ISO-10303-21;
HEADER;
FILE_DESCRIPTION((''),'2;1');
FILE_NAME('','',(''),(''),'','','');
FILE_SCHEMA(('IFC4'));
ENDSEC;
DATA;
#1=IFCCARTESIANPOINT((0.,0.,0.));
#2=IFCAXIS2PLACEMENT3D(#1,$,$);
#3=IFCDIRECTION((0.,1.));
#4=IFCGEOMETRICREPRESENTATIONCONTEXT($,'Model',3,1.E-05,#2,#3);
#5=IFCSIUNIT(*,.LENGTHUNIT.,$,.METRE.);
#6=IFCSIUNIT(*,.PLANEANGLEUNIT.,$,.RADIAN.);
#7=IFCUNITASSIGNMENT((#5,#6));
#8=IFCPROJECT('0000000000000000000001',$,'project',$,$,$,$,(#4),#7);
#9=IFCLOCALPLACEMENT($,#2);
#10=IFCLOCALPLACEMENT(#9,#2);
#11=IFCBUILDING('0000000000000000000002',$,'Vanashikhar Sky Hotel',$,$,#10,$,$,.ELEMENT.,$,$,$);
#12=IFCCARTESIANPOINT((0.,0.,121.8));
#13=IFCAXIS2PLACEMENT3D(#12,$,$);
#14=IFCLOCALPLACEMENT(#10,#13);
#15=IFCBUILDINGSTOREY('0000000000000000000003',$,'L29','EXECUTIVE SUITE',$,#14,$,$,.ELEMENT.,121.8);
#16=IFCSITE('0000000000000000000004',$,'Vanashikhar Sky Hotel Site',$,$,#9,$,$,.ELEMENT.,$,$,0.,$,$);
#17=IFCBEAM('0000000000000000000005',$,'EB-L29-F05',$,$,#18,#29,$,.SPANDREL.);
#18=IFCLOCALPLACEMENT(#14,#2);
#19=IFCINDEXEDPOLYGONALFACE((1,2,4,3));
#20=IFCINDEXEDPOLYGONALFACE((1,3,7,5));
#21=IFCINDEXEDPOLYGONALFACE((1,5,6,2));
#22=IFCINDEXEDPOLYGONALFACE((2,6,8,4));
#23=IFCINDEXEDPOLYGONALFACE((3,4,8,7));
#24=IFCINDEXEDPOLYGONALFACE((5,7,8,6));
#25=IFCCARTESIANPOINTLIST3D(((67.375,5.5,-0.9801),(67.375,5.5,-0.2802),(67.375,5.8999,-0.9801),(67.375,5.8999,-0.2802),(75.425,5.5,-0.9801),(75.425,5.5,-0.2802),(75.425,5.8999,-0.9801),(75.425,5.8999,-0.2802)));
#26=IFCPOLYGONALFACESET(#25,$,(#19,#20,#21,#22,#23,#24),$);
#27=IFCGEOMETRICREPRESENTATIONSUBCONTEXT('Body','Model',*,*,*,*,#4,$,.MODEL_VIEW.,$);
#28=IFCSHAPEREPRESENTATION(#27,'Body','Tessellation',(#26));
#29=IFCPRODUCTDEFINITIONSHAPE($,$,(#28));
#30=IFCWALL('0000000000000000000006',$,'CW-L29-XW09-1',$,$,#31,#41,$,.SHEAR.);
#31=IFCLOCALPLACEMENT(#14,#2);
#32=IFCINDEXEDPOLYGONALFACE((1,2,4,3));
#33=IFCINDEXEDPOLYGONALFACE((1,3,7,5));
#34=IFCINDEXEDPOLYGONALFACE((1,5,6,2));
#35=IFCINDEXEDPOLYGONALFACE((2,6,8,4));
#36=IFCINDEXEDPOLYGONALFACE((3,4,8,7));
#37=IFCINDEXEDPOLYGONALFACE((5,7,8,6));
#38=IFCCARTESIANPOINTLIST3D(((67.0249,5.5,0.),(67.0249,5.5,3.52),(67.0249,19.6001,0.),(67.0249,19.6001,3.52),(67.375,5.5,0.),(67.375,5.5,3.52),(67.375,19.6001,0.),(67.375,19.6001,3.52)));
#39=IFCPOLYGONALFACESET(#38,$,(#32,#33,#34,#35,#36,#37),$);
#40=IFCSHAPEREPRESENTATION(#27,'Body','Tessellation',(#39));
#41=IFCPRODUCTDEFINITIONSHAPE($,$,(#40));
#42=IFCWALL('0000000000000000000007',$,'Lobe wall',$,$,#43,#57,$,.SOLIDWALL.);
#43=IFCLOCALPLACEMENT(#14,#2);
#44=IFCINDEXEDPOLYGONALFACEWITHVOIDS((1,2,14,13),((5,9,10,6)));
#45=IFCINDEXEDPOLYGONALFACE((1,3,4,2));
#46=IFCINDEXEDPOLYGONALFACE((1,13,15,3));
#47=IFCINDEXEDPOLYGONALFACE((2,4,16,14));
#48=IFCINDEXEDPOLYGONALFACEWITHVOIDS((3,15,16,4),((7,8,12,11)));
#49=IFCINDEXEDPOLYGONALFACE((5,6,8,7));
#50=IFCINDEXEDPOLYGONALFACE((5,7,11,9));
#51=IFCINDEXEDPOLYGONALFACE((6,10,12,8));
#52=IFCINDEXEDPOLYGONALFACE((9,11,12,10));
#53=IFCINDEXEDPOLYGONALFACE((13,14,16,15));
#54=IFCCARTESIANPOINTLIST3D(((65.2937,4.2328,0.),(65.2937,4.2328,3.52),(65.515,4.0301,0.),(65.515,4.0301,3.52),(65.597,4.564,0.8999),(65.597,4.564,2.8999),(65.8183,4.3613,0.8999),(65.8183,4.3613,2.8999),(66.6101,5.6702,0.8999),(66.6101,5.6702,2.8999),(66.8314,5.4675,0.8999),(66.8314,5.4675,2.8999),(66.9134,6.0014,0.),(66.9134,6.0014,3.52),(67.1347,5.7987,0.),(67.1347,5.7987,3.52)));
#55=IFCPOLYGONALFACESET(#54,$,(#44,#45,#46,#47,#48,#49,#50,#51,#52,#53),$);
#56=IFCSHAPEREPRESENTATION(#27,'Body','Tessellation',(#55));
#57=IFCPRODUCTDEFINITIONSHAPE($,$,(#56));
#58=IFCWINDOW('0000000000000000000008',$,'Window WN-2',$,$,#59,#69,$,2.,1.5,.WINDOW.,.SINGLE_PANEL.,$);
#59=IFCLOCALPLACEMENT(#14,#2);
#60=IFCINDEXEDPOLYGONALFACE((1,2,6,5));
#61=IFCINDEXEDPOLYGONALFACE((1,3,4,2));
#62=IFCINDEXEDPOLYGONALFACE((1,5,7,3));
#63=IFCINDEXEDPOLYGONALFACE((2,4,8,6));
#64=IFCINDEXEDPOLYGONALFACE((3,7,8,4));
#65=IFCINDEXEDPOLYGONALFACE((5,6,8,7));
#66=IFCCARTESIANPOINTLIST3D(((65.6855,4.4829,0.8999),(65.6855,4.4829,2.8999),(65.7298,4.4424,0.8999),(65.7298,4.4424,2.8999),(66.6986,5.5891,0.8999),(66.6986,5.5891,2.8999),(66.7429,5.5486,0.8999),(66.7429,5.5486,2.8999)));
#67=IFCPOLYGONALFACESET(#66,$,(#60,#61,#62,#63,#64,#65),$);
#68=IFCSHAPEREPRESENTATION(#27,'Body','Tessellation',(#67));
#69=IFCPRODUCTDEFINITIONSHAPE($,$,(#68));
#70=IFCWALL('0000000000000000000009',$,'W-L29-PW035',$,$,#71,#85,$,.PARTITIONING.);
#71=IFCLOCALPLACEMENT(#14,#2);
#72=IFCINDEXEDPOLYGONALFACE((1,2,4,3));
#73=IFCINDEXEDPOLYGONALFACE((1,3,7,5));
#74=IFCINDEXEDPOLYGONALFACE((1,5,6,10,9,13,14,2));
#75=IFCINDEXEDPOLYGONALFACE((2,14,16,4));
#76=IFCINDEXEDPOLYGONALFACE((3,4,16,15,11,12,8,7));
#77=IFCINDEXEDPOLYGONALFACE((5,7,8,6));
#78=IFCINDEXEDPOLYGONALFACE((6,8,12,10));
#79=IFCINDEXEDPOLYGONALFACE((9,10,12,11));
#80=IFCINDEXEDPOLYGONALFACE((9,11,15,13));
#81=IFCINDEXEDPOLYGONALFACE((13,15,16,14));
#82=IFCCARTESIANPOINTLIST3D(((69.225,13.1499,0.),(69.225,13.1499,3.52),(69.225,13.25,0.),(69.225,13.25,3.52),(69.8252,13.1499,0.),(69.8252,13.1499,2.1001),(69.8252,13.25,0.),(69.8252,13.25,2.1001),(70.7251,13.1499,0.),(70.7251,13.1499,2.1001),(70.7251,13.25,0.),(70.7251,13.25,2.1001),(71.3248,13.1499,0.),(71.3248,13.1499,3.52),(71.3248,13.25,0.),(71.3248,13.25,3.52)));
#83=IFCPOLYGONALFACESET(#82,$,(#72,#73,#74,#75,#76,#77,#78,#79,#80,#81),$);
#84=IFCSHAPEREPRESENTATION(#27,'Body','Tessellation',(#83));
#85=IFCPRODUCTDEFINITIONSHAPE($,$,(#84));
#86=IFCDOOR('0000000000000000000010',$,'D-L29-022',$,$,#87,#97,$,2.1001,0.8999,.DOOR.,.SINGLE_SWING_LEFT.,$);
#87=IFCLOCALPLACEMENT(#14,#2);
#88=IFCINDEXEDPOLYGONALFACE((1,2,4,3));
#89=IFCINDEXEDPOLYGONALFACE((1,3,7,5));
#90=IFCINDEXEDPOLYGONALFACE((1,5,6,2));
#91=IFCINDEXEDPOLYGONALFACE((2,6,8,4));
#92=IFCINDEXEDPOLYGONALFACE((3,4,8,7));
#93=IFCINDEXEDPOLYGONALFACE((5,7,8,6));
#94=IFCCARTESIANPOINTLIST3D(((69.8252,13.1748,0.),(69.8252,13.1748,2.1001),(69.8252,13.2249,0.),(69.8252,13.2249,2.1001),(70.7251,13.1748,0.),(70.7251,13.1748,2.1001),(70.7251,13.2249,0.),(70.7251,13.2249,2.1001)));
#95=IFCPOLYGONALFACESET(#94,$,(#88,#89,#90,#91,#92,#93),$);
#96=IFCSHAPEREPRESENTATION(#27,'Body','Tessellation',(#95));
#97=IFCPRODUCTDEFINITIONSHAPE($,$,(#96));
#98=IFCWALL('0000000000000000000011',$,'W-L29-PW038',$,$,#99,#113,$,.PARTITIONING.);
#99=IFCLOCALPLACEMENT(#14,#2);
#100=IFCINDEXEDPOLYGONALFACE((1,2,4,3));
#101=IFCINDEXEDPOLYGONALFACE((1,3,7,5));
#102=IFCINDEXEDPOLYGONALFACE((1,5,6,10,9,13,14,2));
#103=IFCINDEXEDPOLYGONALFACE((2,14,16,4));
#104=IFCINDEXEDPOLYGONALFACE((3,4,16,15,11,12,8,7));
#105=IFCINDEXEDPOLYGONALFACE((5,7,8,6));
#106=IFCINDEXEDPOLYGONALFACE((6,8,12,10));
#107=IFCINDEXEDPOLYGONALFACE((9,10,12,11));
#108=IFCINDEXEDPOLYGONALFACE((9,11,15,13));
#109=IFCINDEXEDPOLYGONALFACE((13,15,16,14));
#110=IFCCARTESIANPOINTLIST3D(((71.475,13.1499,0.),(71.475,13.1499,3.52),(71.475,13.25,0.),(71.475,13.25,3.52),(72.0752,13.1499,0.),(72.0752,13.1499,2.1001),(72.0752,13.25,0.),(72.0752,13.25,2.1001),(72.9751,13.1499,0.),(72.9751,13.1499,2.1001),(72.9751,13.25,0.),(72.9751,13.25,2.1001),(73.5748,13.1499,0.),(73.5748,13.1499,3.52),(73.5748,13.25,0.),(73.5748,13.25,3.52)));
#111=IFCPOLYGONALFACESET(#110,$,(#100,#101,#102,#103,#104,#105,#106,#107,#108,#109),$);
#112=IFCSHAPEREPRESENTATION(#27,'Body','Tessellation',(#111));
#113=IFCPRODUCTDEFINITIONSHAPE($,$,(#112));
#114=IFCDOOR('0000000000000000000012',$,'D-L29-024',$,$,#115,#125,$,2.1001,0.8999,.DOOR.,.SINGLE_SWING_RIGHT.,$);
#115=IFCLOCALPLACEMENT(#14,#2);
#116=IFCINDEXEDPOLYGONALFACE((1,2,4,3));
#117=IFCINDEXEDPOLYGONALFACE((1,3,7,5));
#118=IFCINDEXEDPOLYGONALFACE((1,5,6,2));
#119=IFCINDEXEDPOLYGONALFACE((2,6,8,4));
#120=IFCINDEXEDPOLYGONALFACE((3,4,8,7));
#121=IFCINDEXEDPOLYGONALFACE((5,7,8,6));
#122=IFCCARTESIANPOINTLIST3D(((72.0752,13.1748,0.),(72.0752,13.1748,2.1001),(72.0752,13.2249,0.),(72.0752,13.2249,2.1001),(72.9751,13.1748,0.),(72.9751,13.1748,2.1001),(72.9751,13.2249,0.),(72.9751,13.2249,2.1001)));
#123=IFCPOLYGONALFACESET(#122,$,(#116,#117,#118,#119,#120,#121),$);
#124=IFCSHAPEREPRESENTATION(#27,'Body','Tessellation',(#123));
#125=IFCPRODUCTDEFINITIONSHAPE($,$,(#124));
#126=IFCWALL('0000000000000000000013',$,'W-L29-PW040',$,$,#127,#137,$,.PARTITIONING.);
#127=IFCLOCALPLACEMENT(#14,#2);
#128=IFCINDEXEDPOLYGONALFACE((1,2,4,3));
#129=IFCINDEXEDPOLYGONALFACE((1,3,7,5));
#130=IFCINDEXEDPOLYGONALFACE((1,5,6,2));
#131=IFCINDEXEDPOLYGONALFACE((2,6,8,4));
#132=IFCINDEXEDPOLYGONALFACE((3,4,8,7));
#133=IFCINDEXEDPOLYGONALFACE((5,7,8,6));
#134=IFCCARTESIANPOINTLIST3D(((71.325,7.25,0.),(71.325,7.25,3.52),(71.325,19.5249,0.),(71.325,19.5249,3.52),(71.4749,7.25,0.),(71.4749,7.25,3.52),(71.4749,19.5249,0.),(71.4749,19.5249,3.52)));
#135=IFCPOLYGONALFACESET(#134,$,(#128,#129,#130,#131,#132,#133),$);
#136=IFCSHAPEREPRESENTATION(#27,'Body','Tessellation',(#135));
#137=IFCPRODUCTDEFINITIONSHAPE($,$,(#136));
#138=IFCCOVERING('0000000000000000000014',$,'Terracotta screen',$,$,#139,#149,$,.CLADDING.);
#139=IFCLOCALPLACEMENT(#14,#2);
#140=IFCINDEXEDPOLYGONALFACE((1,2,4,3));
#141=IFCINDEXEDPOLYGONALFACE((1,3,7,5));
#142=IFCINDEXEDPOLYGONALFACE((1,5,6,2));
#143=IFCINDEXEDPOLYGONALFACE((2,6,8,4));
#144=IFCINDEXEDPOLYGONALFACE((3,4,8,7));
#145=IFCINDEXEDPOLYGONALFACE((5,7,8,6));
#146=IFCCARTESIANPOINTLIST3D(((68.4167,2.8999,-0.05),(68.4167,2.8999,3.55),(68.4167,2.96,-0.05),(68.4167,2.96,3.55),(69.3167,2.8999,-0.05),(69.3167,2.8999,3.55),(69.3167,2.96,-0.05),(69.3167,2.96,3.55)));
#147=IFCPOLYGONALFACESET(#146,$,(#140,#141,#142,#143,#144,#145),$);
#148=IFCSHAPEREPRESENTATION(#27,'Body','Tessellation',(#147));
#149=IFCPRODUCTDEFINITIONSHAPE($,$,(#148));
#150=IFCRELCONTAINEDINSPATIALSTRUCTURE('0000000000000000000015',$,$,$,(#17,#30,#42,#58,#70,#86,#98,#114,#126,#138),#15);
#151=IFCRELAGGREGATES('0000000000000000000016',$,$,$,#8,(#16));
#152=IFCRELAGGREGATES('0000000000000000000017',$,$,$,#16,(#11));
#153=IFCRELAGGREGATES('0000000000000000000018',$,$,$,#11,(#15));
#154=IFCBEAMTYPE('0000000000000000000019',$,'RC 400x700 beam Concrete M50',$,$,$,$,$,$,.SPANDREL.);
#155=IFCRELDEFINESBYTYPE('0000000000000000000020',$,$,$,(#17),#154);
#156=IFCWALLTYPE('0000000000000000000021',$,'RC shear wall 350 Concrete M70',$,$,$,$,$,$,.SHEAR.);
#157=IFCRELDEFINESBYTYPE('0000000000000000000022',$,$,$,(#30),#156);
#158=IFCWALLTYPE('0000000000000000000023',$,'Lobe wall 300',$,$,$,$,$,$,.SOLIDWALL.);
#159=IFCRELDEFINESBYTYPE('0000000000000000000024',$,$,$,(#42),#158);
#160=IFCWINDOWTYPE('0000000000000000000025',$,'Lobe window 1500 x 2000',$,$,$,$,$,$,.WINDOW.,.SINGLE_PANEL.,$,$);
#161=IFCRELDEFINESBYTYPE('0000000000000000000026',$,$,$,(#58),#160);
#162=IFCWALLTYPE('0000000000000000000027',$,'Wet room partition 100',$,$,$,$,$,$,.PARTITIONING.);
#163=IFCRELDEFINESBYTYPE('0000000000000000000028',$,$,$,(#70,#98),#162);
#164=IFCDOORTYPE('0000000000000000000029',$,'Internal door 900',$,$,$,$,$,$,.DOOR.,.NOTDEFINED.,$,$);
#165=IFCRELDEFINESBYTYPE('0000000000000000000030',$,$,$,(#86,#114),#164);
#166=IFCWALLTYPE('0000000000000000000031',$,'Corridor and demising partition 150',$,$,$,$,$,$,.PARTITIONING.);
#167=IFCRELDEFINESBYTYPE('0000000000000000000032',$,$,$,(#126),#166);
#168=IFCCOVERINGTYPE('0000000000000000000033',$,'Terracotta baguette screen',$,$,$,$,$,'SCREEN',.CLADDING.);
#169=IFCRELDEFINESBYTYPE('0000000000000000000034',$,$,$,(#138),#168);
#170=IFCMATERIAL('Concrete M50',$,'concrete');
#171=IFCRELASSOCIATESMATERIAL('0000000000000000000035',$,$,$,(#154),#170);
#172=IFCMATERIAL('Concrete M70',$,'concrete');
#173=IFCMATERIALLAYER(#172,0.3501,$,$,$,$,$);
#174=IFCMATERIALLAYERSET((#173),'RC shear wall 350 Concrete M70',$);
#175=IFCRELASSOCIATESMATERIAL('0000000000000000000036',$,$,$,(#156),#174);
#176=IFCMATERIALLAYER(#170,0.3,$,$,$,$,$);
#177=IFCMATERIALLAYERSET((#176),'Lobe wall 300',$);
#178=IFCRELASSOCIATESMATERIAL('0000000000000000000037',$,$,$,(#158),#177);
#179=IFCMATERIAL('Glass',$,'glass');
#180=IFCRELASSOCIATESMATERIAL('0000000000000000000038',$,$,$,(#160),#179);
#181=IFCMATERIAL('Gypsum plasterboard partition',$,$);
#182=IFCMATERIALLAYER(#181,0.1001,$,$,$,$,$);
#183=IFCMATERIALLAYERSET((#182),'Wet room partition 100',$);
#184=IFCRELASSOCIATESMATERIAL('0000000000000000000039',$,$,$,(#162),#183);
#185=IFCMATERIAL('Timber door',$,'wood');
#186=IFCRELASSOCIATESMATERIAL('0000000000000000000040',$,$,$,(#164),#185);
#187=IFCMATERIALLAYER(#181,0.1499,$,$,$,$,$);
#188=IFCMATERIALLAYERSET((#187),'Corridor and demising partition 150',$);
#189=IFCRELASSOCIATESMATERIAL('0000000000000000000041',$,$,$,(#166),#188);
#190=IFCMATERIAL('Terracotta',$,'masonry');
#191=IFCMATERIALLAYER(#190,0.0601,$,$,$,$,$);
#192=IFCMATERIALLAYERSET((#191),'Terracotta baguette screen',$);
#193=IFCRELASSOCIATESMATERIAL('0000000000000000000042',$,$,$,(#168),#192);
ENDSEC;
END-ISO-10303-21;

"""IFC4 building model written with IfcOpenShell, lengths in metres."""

from ifc_helpers import new_model, si_unit, direction, frame, frame_2d, origin, origin_2d, place, context, subcontext, project, spatial, rectangle, extrude, source, transform, mapped, material, layer, layer_set, material_profile, profile_set, type_object, element, fill, save


model = new_model("IFC4")

# Units and contexts
model_context = context("Model", 3, precision=1e-05, world=origin(), true_north=direction((0.0, 1.0)))
body_context = subcontext(model_context, "Body", "Model", "MODEL_VIEW")
ifc_project = project(units=[si_unit("LENGTHUNIT", "METRE"), si_unit("PLANEANGLEUNIT", "RADIAN")], contexts=[model_context])

# Site, building, storey
site_placement = place(None, origin())
site = spatial("IfcSite", under=ifc_project, at=site_placement, Name="Vanashikhar Sky Hotel Site", CompositionType="ELEMENT", RefElevation=0.0)
building_placement = place(site_placement, origin())
building = spatial("IfcBuilding", under=site, at=building_placement, Name="Vanashikhar Sky Hotel", CompositionType="ELEMENT")
storey_placement = place(building_placement, frame((0.0, 0.0, 121.8)))
storey = spatial("IfcBuildingStorey", under=building, at=storey_placement, Name="L29", Description="EXECUTIVE SUITE", CompositionType="ELEMENT", Elevation=121.8)

# Beam
ifc_material_1 = material(Name="Concrete M50", Category="concrete")
ifc_material_profile_1 = material_profile(ifc_material_1, rectangle(XDim=0.3999, YDim=0.7, at=origin_2d()))
ifc_profile_set_1 = profile_set([ifc_material_profile_1], Name="RC 400x700 beam Concrete M50")
beam_type = type_object("IfcBeamType", Name="RC 400x700 beam Concrete M50", PredefinedType="SPANDREL", material=ifc_profile_set_1)
shared_shape_1 = source(origin(), body_context, "Body", "SweptSolid", [
    extrude(rectangle(XDim=0.3999, YDim=0.7, at=origin_2d()), origin(), (0.0, 0.0, 1.0), 8.05),
])
beam_placement = place(storey_placement, frame((67.375, 5.7, -0.6301), z_axis=(1.0, 0.0, 0.0), x_axis=(0.0, 1.0, 0.0)))
element("IfcBeam", 1, at=beam_placement, inside=storey, type_object=beam_type, Name="EB-L29-F05", PredefinedType="SPANDREL", context=body_context, shape_type="MappedRepresentation", body=[
    mapped(shared_shape_1, transform((0.0, 0.0, 0.0), scale=1.0)),
])

# Wall
ifc_material_2 = material(Name="Concrete M70", Category="concrete")
ifc_layer_1 = layer(ifc_material_2, 0.3501)
ifc_layer_set_1 = layer_set([ifc_layer_1], Name="RC shear wall 350 Concrete M70")
wall_type_1 = type_object("IfcWallType", Name="RC shear wall 350 Concrete M70", PredefinedType="SHEAR", material=ifc_layer_set_1)
shared_shape_2 = source(origin(), body_context, "Body", "SweptSolid", [
    extrude(rectangle(XDim=14.1001, YDim=0.3501, at=frame_2d((7.05, 0.0))), origin(), (0.0, 0.0, 1.0), 3.52),
])
wall_1_placement = place(storey_placement, frame((67.2, 5.5, 0.0), z_axis=(0.0, 0.0, 1.0), x_axis=(0.0, 1.0, 0.0)))
element("IfcWall", 2, at=wall_1_placement, inside=storey, type_object=wall_type_1, Name="CW-L29-XW09-1", PredefinedType="SHEAR", context=body_context, shape_type="MappedRepresentation", body=[
    mapped(shared_shape_2, transform((0.0, 0.0, 0.0), scale=1.0)),
])

# Wall, opening, window
ifc_layer_2 = layer(ifc_material_1, 0.3)
ifc_layer_set_2 = layer_set([ifc_layer_2], Name="Lobe wall 300")
wall_type_2 = type_object("IfcWallType", Name="Lobe wall 300", PredefinedType="SOLIDWALL", material=ifc_layer_set_2)
shared_shape_3 = source(origin(), body_context, "Body", "SweptSolid", [
    extrude(rectangle(XDim=2.3982, YDim=0.3, at=frame_2d((1.1992, 0.0))), origin(), (0.0, 0.0, 1.0), 3.52),
])
wall_2_placement = place(storey_placement, frame((65.4043, 4.1313, 0.0), z_axis=(0.0, 0.0, 1.0), x_axis=(0.675374, 0.737475, 0.0)))
wall_2 = element("IfcWall", 3, at=wall_2_placement, inside=storey, type_object=wall_type_2, Name="Lobe wall", PredefinedType="SOLIDWALL", context=body_context, shape_type="MappedRepresentation", body=[
    mapped(shared_shape_3, transform((0.0, 0.0, 0.0), scale=1.0)),
])
shared_shape_4 = source(origin(), body_context, "Body", "SweptSolid", [
    extrude(rectangle(XDim=1.5, YDim=2.0, at=frame_2d((0.75, 1.0))), frame((0.0, 0.1602, 0.0), z_axis=(0.0, -1.0, 0.0), x_axis=(1.0, 0.0, 0.0)), (0.0, 0.0, 1.0), 0.3201),
])
opening_1_placement = place(wall_2_placement, frame((0.4492, 0.0, 0.8999)))
opening_1 = element("IfcOpeningElement", 4, at=opening_1_placement, cuts=wall_2, PredefinedType="OPENING", context=body_context, shape_type="MappedRepresentation", body=[
    mapped(shared_shape_4, transform((0.0, 0.0, 0.0), scale=1.0)),
])
ifc_material_3 = material(Name="Glass", Category="glass")
window_type_1 = type_object("IfcWindowType", Name="Lobe window 1500 x 2000", PartitioningType="SINGLE_PANEL", PredefinedType="WINDOW", material=ifc_material_3)
shared_shape_5 = source(origin(), body_context, "Body", "SweptSolid", [
    extrude(rectangle(XDim=1.5, YDim=2.0, at=frame_2d((0.75, 1.0))), frame((0.0, 0.03, 0.0), z_axis=(0.0, -1.0, 0.0), x_axis=(1.0, 0.0, 0.0)), (0.0, 0.0, 1.0), 0.0601),
])
window_1_placement = place(opening_1_placement, origin())
window_1 = element("IfcWindow", 5, at=window_1_placement, inside=storey, type_object=window_type_1, Name="Window WN-2", OverallHeight=2.0, OverallWidth=1.5, PartitioningType="SINGLE_PANEL", PredefinedType="WINDOW", context=body_context, shape_type="MappedRepresentation", body=[
    mapped(shared_shape_5, transform((0.0, 0.0, 0.0), scale=1.0)),
])
fill(opening_1, window_1)

# Walls, openings, doors
ifc_material_4 = material(Name="Gypsum plasterboard partition")
ifc_layer_3 = layer(ifc_material_4, 0.1001)
ifc_layer_set_3 = layer_set([ifc_layer_3], Name="Wet room partition 100")
wall_type_3 = type_object("IfcWallType", Name="Wet room partition 100", PredefinedType="PARTITIONING", material=ifc_layer_set_3)
shared_shape_6 = source(origin(), body_context, "Body", "SweptSolid", [
    extrude(rectangle(XDim=2.0999, YDim=0.1001, at=frame_2d((1.0498, 0.0))), origin(), (0.0, 0.0, 1.0), 3.52),
])
wall_3_placement = place(storey_placement, frame((69.2251, 13.2, 0.0), z_axis=(0.0, 0.0, 1.0), x_axis=(1.0, 0.0, 0.0)))
wall_3 = element("IfcWall", 6, at=wall_3_placement, inside=storey, type_object=wall_type_3, Name="W-L29-PW035", PredefinedType="PARTITIONING", context=body_context, shape_type="MappedRepresentation", body=[
    mapped(shared_shape_6, transform((0.0, 0.0, 0.0), scale=1.0)),
])
shared_shape_7 = source(origin(), body_context, "Body", "SweptSolid", [
    extrude(rectangle(XDim=0.8999, YDim=2.1001, at=frame_2d((0.45, 1.05))), frame((0.0, 0.0601, 0.0), z_axis=(0.0, -1.0, 0.0), x_axis=(1.0, 0.0, 0.0)), (0.0, 0.0, 1.0), 0.1201),
])
opening_2_placement = place(wall_3_placement, frame((0.6001, 0.0, 0.0)))
opening_2 = element("IfcOpeningElement", 7, at=opening_2_placement, cuts=wall_3, PredefinedType="OPENING", context=body_context, shape_type="MappedRepresentation", body=[
    mapped(shared_shape_7, transform((0.0, 0.0, 0.0), scale=1.0)),
])
ifc_material_5 = material(Name="Timber door", Category="wood")
door_type_1 = type_object("IfcDoorType", Name="Internal door 900", OperationType="NOTDEFINED", PredefinedType="DOOR", material=ifc_material_5)
shared_shape_8 = source(origin(), body_context, "Body", "SweptSolid", [
    extrude(rectangle(XDim=0.8999, YDim=2.1001, at=frame_2d((0.45, 1.05))), frame((0.0, 0.0249, 0.0), z_axis=(0.0, -1.0, 0.0), x_axis=(1.0, 0.0, 0.0)), (0.0, 0.0, 1.0), 0.05),
])
door_1_placement = place(opening_2_placement, origin())
door_1 = element("IfcDoor", 8, at=door_1_placement, inside=storey, type_object=door_type_1, Name="D-L29-022", OperationType="SINGLE_SWING_LEFT", OverallHeight=2.1001, OverallWidth=0.8999, PredefinedType="DOOR", context=body_context, shape_type="MappedRepresentation", body=[
    mapped(shared_shape_8, transform((0.0, 0.0, 0.0), scale=1.0)),
])
fill(opening_2, door_1)
wall_4_placement = place(storey_placement, frame((71.4751, 13.2, 0.0), z_axis=(0.0, 0.0, 1.0), x_axis=(1.0, 0.0, 0.0)))
wall_4 = element("IfcWall", 9, at=wall_4_placement, inside=storey, type_object=wall_type_3, Name="W-L29-PW038", PredefinedType="PARTITIONING", context=body_context, shape_type="MappedRepresentation", body=[
    mapped(shared_shape_6, transform((0.0, 0.0, 0.0), scale=1.0)),
])
opening_3_placement = place(wall_4_placement, frame((0.6001, 0.0, 0.0)))
opening_3 = element("IfcOpeningElement", 10, at=opening_3_placement, cuts=wall_4, PredefinedType="OPENING", context=body_context, shape_type="MappedRepresentation", body=[
    mapped(shared_shape_7, transform((0.0, 0.0, 0.0), scale=1.0)),
])
door_2_placement = place(opening_3_placement, origin())
door_2 = element("IfcDoor", 11, at=door_2_placement, inside=storey, type_object=door_type_1, Name="D-L29-024", OperationType="SINGLE_SWING_RIGHT", OverallHeight=2.1001, OverallWidth=0.8999, PredefinedType="DOOR", context=body_context, shape_type="MappedRepresentation", body=[
    mapped(shared_shape_8, transform((0.0, 0.0, 0.0), scale=1.0)),
])
fill(opening_3, door_2)

# Wall
ifc_layer_4 = layer(ifc_material_4, 0.1499)
ifc_layer_set_4 = layer_set([ifc_layer_4], Name="Corridor and demising partition 150")
wall_type_4 = type_object("IfcWallType", Name="Corridor and demising partition 150", PredefinedType="PARTITIONING", material=ifc_layer_set_4)
shared_shape_9 = source(origin(), body_context, "Body", "SweptSolid", [
    extrude(rectangle(XDim=12.2749, YDim=0.1499, at=frame_2d((6.1375, 0.0))), origin(), (0.0, 0.0, 1.0), 3.52),
])
wall_5_placement = place(storey_placement, frame((71.3999, 7.25, 0.0), z_axis=(0.0, 0.0, 1.0), x_axis=(0.0, 1.0, 0.0)))
element("IfcWall", 12, at=wall_5_placement, inside=storey, type_object=wall_type_4, Name="W-L29-PW040", PredefinedType="PARTITIONING", context=body_context, shape_type="MappedRepresentation", body=[
    mapped(shared_shape_9, transform((0.0, 0.0, 0.0), scale=1.0)),
])

# Covering
ifc_material_6 = material(Name="Terracotta", Category="masonry")
ifc_layer_5 = layer(ifc_material_6, 0.0601)
ifc_layer_set_5 = layer_set([ifc_layer_5], Name="Terracotta baguette screen")
covering_type_1 = type_object("IfcCoveringType", Name="Terracotta baguette screen", ElementType="SCREEN", PredefinedType="CLADDING", material=ifc_layer_set_5)
shared_shape_10 = source(origin(), body_context, "Body", "SweptSolid", [
    extrude(rectangle(XDim=0.8999, YDim=0.0601, at=origin_2d()), origin(), (0.0, 0.0, 1.0), 3.6001),
])
covering_placement = place(storey_placement, frame((68.8667, 2.9299, -0.05), z_axis=(0.0, 0.0, 1.0), x_axis=(1.0, 0.0, 0.0)))
element("IfcCovering", 13, at=covering_placement, inside=storey, type_object=covering_type_1, Name="Terracotta screen", PredefinedType="CLADDING", context=body_context, shape_type="MappedRepresentation", body=[
    mapped(shared_shape_10, transform((0.0, 0.0, 0.0), scale=1.0)),
])

save(model, "model.ifc")
